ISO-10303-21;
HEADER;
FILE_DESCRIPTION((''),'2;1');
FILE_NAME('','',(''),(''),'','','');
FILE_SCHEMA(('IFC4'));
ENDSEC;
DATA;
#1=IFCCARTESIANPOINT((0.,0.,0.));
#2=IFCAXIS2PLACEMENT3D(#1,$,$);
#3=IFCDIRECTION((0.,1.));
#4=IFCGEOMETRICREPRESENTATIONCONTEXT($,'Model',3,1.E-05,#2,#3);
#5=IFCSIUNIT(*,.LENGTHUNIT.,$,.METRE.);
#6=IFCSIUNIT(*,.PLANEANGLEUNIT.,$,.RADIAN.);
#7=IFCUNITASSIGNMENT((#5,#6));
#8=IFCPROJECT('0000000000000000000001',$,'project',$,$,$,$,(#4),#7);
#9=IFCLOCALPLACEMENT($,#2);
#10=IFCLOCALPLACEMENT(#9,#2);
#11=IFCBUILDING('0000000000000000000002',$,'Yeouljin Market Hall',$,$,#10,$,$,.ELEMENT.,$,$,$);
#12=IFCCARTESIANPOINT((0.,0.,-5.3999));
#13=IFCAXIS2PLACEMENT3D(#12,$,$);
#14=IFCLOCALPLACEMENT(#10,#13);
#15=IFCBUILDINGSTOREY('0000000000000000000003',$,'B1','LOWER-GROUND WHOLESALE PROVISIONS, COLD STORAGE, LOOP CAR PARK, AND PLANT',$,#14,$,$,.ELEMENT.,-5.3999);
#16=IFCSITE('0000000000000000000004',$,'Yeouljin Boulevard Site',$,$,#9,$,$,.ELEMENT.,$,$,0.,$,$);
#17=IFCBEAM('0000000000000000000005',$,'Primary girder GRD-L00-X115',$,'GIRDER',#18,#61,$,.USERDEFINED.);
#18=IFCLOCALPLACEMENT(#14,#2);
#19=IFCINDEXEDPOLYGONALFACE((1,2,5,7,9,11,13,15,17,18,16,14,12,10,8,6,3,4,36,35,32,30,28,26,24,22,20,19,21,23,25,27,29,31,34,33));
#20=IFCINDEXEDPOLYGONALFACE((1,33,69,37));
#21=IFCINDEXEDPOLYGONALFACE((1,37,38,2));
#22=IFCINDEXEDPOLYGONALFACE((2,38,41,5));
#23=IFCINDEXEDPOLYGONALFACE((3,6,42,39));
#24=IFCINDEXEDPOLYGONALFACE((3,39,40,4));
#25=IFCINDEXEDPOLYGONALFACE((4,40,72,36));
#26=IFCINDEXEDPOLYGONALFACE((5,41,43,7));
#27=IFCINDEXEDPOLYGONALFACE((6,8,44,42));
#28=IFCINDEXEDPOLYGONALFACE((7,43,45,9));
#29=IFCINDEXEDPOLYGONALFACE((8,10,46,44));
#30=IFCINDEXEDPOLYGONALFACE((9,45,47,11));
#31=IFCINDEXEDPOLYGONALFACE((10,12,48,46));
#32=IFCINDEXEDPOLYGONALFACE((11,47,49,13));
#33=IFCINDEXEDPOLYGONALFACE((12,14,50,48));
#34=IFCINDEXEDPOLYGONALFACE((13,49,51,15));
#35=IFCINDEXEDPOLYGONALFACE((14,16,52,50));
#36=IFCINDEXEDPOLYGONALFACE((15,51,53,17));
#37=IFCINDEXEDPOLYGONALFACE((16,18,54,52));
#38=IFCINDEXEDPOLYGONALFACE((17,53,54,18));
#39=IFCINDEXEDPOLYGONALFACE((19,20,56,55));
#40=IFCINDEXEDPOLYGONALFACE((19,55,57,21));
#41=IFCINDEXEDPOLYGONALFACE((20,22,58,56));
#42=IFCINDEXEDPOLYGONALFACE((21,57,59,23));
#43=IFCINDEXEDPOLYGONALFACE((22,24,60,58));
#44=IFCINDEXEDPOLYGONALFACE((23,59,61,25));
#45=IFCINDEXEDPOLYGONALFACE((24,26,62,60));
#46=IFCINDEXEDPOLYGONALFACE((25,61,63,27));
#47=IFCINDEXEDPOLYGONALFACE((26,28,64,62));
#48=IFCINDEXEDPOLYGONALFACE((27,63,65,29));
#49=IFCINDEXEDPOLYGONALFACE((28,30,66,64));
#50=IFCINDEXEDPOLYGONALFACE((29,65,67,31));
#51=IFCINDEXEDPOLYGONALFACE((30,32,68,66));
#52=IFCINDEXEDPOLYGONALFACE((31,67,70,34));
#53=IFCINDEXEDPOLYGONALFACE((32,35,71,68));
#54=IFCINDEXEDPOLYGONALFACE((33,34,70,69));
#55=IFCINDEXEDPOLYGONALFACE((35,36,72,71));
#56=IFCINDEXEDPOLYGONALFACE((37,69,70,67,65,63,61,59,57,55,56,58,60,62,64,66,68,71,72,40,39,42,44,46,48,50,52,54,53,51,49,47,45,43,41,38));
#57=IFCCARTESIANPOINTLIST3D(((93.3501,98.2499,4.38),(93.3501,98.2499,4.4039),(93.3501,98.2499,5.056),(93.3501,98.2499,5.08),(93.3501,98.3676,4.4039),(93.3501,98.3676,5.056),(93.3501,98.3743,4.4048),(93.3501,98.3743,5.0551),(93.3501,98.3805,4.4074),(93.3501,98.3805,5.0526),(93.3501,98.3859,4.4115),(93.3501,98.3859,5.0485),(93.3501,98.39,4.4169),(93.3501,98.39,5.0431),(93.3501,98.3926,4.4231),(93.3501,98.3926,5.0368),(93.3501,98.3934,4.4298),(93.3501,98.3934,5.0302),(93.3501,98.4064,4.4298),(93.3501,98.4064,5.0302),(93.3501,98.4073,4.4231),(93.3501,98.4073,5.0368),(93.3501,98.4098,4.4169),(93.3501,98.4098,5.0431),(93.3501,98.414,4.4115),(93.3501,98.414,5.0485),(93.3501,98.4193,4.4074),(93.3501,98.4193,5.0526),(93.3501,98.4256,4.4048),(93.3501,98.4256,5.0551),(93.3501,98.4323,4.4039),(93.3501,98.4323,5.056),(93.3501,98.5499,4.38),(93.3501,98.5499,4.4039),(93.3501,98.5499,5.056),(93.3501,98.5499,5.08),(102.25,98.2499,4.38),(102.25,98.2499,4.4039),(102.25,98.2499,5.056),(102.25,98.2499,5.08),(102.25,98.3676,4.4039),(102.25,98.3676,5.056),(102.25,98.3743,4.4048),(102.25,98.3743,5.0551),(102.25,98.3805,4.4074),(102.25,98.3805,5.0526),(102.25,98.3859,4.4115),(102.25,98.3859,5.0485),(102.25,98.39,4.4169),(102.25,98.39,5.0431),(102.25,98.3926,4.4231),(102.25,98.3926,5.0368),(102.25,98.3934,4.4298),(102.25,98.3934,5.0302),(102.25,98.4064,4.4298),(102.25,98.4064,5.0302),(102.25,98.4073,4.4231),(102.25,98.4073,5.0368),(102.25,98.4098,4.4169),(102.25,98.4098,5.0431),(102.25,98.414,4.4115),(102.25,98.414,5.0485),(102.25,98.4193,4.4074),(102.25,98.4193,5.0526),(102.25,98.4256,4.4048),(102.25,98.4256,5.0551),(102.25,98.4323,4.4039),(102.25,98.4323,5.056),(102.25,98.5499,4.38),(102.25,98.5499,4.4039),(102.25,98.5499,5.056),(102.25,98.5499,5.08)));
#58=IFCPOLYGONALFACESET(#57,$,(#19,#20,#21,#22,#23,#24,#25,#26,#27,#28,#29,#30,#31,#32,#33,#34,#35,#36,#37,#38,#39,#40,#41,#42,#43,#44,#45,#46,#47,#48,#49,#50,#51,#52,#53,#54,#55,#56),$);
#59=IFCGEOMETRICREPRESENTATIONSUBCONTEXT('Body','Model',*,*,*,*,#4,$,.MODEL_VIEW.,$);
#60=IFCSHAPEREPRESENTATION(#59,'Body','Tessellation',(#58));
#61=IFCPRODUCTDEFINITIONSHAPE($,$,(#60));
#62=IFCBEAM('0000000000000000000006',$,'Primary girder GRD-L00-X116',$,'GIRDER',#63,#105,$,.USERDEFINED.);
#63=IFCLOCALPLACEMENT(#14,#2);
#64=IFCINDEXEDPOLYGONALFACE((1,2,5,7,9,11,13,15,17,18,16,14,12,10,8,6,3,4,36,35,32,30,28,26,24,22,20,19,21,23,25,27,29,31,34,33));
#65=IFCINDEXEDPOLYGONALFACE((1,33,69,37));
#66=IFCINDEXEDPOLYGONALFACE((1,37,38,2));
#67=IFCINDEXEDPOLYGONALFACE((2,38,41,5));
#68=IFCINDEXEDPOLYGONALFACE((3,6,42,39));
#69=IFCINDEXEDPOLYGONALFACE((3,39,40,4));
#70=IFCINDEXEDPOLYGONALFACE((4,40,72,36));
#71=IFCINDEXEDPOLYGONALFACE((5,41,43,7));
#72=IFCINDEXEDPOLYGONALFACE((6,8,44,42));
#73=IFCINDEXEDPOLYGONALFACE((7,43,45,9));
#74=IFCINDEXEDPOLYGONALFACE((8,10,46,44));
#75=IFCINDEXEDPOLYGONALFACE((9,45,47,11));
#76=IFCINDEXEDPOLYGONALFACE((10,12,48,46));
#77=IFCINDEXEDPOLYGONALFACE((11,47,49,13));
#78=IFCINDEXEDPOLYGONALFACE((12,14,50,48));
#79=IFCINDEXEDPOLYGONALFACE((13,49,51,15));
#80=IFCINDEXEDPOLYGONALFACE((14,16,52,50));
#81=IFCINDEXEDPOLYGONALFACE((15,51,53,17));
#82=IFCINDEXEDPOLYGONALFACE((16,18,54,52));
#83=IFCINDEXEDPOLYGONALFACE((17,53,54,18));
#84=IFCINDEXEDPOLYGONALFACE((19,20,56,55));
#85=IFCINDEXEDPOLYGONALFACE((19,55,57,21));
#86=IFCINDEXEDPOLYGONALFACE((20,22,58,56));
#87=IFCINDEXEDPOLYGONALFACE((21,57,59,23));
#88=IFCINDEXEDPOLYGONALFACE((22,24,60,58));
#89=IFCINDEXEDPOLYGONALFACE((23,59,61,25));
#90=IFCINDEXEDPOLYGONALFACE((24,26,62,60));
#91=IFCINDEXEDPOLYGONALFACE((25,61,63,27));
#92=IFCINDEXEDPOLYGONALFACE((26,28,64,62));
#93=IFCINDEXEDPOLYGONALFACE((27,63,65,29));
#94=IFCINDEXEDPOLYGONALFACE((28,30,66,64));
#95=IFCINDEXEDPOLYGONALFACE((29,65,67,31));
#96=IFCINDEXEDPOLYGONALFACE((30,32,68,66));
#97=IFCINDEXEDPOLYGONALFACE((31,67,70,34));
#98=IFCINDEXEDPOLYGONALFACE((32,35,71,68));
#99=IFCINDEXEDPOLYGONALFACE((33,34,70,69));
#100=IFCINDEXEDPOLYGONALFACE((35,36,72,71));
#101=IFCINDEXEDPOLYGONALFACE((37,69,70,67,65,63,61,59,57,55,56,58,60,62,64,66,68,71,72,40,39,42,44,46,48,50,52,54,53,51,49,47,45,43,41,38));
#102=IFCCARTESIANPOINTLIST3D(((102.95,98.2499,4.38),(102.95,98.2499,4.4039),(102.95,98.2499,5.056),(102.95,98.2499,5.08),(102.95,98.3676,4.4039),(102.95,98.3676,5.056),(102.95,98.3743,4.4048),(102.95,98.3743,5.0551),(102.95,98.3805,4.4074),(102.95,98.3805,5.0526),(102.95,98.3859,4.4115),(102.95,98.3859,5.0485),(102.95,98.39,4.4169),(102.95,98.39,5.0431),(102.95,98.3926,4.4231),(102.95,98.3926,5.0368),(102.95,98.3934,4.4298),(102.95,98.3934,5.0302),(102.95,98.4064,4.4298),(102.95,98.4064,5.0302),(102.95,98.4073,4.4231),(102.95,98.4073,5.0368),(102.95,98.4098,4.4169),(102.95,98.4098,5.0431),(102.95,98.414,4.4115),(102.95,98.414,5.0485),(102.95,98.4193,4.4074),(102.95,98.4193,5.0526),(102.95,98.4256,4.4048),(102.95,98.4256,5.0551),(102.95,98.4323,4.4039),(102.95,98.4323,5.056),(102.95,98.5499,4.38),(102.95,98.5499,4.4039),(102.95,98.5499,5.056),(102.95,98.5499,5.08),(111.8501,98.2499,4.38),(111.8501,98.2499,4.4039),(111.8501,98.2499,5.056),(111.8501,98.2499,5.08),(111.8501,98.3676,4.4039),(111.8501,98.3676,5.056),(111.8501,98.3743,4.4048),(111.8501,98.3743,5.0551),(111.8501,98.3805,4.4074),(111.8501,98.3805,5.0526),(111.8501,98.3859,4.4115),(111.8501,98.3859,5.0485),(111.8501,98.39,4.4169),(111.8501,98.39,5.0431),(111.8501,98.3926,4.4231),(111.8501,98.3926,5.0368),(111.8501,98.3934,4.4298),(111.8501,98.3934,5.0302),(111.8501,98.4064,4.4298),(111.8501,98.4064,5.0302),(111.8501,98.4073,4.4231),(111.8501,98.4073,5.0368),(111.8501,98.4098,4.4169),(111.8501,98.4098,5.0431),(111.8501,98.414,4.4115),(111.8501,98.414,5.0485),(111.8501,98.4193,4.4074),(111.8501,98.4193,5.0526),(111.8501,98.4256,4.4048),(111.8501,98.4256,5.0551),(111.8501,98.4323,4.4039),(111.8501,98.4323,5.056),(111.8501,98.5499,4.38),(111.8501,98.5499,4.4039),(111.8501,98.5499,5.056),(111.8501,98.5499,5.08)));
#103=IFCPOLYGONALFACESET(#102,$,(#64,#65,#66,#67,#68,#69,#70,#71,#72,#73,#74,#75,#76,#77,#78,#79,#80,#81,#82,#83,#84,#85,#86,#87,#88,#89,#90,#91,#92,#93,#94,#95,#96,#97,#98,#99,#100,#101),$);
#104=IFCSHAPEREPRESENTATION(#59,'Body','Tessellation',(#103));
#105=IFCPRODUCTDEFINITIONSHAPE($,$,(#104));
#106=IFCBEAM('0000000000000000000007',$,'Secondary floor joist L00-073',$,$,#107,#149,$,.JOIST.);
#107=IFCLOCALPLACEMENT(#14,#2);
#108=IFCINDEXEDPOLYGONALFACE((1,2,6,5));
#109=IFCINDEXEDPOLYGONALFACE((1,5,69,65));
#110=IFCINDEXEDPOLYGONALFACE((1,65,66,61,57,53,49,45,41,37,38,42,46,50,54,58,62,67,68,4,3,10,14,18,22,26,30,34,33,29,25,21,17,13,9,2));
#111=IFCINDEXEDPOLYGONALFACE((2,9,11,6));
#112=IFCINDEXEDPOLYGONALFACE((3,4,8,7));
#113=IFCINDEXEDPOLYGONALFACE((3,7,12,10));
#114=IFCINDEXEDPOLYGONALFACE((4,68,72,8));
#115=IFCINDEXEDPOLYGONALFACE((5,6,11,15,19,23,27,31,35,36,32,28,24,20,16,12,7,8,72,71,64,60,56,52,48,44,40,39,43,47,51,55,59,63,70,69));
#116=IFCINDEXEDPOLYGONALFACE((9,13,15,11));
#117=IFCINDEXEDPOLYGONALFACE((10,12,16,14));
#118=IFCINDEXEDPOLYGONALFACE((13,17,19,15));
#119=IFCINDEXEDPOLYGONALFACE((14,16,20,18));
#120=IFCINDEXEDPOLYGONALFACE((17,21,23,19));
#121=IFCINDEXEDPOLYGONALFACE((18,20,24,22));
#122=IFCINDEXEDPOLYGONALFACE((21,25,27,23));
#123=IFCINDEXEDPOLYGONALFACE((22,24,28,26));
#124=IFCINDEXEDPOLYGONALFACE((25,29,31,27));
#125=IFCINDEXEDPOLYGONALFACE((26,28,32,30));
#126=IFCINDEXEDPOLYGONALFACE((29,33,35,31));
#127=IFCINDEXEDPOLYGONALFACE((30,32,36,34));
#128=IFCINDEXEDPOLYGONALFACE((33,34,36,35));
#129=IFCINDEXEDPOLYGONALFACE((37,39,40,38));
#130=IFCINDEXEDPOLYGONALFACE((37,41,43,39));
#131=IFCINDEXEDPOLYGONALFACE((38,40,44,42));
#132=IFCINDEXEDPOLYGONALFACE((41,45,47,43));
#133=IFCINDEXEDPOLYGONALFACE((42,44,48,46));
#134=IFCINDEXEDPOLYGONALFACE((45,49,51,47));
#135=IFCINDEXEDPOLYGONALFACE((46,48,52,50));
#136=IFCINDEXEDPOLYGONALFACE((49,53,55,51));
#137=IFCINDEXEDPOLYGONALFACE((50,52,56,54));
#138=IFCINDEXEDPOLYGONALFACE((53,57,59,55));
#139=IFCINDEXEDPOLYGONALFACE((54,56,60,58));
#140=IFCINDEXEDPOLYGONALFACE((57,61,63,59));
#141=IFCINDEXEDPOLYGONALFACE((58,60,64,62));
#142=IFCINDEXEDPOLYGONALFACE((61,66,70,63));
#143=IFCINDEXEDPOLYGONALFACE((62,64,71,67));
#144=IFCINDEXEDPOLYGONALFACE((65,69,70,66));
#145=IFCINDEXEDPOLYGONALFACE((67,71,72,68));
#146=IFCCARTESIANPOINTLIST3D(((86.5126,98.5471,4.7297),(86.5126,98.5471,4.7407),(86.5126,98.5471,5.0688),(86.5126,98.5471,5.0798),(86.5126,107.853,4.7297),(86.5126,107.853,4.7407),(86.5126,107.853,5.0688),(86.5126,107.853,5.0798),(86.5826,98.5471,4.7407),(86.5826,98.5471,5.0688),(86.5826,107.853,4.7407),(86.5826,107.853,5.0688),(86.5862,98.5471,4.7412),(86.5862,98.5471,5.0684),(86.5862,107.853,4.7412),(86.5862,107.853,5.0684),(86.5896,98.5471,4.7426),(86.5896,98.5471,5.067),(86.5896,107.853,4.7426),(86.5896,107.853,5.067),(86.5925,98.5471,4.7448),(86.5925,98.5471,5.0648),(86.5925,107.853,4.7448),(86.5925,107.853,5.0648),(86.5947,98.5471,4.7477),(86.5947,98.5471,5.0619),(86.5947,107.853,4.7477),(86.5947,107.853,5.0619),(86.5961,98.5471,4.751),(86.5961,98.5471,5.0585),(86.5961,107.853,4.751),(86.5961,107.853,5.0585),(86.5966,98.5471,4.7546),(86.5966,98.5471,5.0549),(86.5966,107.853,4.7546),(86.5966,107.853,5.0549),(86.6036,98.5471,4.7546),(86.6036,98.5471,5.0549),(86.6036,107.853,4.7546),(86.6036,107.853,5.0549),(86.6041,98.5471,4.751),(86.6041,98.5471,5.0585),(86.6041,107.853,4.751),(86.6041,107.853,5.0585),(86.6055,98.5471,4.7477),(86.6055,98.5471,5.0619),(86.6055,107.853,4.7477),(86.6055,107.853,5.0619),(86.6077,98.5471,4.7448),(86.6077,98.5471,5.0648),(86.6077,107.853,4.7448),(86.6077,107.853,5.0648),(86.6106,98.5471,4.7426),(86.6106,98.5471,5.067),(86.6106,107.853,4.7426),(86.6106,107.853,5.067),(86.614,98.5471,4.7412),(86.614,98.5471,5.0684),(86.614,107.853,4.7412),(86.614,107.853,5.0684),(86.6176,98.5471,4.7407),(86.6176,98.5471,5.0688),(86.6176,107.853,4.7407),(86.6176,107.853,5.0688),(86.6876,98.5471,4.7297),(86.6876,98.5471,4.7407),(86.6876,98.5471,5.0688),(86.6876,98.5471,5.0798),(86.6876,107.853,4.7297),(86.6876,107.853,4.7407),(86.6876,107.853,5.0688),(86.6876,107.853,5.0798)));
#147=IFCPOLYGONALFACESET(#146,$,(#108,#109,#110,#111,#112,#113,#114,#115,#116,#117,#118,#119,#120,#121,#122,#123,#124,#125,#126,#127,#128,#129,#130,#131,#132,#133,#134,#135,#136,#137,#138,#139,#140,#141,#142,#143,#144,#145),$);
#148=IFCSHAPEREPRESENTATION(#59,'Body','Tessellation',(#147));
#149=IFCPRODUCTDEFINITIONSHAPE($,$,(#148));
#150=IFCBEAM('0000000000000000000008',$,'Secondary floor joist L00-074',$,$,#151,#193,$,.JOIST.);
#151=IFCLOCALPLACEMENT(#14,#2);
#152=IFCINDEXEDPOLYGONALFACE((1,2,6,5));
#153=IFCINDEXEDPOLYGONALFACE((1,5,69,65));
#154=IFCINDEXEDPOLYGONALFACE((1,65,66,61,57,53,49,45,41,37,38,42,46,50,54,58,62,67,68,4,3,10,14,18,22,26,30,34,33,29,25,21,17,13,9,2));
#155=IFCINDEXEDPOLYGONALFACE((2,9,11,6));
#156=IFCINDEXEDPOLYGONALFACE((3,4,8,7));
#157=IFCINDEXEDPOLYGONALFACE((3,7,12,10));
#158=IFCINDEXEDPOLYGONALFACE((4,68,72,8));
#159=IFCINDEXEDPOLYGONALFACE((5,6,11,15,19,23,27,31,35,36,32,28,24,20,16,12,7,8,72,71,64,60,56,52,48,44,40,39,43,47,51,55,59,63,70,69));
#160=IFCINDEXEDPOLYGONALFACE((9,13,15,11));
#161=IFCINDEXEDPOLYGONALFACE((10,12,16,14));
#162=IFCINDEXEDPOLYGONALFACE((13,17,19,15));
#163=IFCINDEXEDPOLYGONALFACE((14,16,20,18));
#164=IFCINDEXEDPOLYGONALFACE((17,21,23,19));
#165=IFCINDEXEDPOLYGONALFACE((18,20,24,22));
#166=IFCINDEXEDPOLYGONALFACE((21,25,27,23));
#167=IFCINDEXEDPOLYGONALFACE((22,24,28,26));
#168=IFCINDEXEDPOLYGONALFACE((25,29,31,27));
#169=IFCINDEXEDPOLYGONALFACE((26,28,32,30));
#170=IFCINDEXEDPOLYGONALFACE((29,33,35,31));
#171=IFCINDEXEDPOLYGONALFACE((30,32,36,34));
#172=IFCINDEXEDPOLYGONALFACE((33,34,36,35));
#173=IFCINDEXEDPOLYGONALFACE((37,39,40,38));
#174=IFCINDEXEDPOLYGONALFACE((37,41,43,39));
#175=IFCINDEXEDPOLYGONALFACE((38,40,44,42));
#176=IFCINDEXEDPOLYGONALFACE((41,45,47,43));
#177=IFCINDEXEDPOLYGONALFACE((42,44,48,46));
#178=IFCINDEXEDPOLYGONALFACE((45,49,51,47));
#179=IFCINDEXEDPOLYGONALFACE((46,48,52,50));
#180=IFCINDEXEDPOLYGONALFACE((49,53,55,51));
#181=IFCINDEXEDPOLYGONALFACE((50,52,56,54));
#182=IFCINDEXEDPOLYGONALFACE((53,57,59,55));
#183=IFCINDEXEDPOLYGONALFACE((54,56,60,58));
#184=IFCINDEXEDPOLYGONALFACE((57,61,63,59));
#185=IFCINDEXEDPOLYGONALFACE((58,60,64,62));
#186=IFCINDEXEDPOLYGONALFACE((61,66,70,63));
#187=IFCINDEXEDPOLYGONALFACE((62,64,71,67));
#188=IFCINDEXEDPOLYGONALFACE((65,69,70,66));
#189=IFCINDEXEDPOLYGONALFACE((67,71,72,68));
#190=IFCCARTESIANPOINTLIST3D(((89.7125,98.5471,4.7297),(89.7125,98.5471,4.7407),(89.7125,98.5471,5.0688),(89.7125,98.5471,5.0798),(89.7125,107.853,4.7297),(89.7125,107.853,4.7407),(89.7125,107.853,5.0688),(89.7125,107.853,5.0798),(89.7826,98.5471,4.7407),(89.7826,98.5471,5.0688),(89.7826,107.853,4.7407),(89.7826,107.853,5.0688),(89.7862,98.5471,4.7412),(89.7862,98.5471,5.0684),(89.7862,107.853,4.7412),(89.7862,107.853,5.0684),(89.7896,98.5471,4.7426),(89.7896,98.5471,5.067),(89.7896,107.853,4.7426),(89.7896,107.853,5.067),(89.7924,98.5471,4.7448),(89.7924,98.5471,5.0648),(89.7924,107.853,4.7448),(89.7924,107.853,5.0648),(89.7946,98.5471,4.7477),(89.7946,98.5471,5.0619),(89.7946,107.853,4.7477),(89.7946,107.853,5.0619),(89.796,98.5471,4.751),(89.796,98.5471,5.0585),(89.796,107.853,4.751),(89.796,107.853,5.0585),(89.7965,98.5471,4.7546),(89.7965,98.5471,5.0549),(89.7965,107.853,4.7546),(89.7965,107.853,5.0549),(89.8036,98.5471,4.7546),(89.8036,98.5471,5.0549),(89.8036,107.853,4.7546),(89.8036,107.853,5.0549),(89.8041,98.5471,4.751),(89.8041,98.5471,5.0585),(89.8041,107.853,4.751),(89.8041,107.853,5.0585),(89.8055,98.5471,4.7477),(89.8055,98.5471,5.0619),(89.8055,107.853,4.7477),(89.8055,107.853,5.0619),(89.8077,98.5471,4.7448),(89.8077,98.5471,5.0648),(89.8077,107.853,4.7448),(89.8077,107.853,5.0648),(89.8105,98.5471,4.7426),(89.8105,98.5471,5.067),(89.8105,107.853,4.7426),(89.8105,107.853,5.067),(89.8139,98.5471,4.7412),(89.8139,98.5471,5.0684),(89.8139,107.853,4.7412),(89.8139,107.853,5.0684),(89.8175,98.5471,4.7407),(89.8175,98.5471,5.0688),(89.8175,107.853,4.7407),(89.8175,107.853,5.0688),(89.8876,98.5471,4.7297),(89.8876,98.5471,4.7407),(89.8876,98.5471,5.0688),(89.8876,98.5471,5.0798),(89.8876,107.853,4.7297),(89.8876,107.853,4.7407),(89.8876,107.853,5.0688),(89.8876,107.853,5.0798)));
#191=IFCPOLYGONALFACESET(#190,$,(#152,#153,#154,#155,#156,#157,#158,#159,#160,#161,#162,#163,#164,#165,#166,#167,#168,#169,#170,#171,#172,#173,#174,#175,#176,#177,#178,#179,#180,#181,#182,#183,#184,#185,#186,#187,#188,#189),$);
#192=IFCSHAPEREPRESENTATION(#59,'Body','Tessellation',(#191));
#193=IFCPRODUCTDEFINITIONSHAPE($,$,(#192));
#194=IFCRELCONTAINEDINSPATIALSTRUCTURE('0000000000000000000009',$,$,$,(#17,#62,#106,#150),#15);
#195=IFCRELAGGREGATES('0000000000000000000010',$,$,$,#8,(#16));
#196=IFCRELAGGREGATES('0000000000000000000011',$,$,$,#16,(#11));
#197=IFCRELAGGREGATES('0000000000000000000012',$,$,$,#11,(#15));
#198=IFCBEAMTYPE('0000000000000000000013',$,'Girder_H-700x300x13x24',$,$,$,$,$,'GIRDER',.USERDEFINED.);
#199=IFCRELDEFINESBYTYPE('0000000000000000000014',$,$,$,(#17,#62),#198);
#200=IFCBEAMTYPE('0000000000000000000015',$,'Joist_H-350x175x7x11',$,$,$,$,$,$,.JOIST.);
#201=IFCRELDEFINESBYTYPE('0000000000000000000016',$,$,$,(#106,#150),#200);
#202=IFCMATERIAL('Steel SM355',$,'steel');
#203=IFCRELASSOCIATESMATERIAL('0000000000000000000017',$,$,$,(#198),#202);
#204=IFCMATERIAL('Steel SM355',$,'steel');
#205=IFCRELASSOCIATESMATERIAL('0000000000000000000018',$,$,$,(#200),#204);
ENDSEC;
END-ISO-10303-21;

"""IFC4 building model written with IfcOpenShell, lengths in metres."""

from ifc_helpers import new_model, si_unit, direction, frame, origin, origin_2d, place, context, subcontext, project, spatial, i_section, extrude, material, material_profile, profile_set, type_object, element, save


model = new_model("IFC4")

# Units and contexts
model_context = context("Model", 3, precision=1e-05, world=origin(), true_north=direction((0.0, 1.0)))
body_context = subcontext(model_context, "Body", "Model", "MODEL_VIEW")
ifc_project = project(units=[si_unit("LENGTHUNIT", "METRE"), si_unit("PLANEANGLEUNIT", "RADIAN")], contexts=[model_context])

# Site, building, storey
site_placement = place(None, origin())
site = spatial("IfcSite", under=ifc_project, at=site_placement, Name="Yeouljin Boulevard Site", CompositionType="ELEMENT", RefElevation=0.0)
building_placement = place(site_placement, origin())
building = spatial("IfcBuilding", under=site, at=building_placement, Name="Yeouljin Market Hall", CompositionType="ELEMENT")
storey_placement = place(building_placement, frame((0.0, 0.0, -5.3999)))
storey = spatial("IfcBuildingStorey", under=building, at=storey_placement, Name="B1", Description="LOWER-GROUND WHOLESALE PROVISIONS, COLD STORAGE, LOOP CAR PARK, AND PLANT", CompositionType="ELEMENT", Elevation=-5.3999)

# Beams
ifc_material_1 = material(Name="Steel SM355", Category="steel")
ifc_material_profile_1 = material_profile(ifc_material_1, i_section(OverallWidth=0.3, OverallDepth=0.7, WebThickness=0.0129, FlangeThickness=0.0239, FilletRadius=0.0259, at=origin_2d()), Name="H-700x300x13x24")
ifc_profile_set_1 = profile_set([ifc_material_profile_1], Name="Steel SM355")
beam_type_1 = type_object("IfcBeamType", Name="Girder_H-700x300x13x24", ElementType="GIRDER", PredefinedType="USERDEFINED", material=ifc_profile_set_1)
beam_1_placement = place(storey_placement, frame((93.3501, 98.3999, 4.73), z_axis=(1.0, 0.0, 0.0), x_axis=(0.0, 1.0, 0.0)))
element("IfcBeam", 1, at=beam_1_placement, inside=storey, type_object=beam_type_1, Name="Primary girder GRD-L00-X115", ObjectType="GIRDER", PredefinedType="USERDEFINED", context=body_context, shape_type="SweptSolid", body=[
    extrude(i_section(OverallWidth=0.3, OverallDepth=0.7, WebThickness=0.0129, FlangeThickness=0.0239, FilletRadius=0.0259, at=origin_2d()), origin(), (0.0, 0.0, 1.0), 8.8999),
])
beam_2_placement = place(storey_placement, frame((102.95, 98.3999, 4.73), z_axis=(1.0, 0.0, 0.0), x_axis=(0.0, 1.0, 0.0)))
element("IfcBeam", 2, at=beam_2_placement, inside=storey, type_object=beam_type_1, Name="Primary girder GRD-L00-X116", ObjectType="GIRDER", PredefinedType="USERDEFINED", context=body_context, shape_type="SweptSolid", body=[
    extrude(i_section(OverallWidth=0.3, OverallDepth=0.7, WebThickness=0.0129, FlangeThickness=0.0239, FilletRadius=0.0259, at=origin_2d()), origin(), (0.0, 0.0, 1.0), 8.9001),
])
ifc_material_2 = material(Name="Steel SM355", Category="steel")
ifc_material_profile_2 = material_profile(ifc_material_2, i_section(OverallWidth=0.175, OverallDepth=0.3501, WebThickness=0.0071, FlangeThickness=0.011, FilletRadius=0.0139, at=origin_2d()), Name="H-350x175x7x11")
ifc_profile_set_2 = profile_set([ifc_material_profile_2], Name="Steel SM355")
beam_type_2 = type_object("IfcBeamType", Name="Joist_H-350x175x7x11", PredefinedType="JOIST", material=ifc_profile_set_2)
for number, where, z_axis, x_axis, name in (
    (3, (86.6001, 98.5471, 4.9048), (0.0, 1.0, 0.0), (-1.0, 0.0, 0.0), "Secondary floor joist L00-073"),
    (4, (89.8, 98.5471, 4.9048), (0.0, 1.0, 0.0), (-1.0, 0.0, 0.0), "Secondary floor joist L00-074"),
):
    element("IfcBeam", number, at=place(storey_placement, frame(where, z_axis=z_axis, x_axis=x_axis)), inside=storey, type_object=beam_type_2, Name=name, PredefinedType="JOIST", context=body_context, shape_type="SweptSolid", body=[
        extrude(i_section(OverallWidth=0.175, OverallDepth=0.3501, WebThickness=0.0071, FlangeThickness=0.011, FilletRadius=0.0139, at=origin_2d()), origin(), (0.0, 0.0, 1.0), 9.3059),
    ])

save(model, "model.ifc")
